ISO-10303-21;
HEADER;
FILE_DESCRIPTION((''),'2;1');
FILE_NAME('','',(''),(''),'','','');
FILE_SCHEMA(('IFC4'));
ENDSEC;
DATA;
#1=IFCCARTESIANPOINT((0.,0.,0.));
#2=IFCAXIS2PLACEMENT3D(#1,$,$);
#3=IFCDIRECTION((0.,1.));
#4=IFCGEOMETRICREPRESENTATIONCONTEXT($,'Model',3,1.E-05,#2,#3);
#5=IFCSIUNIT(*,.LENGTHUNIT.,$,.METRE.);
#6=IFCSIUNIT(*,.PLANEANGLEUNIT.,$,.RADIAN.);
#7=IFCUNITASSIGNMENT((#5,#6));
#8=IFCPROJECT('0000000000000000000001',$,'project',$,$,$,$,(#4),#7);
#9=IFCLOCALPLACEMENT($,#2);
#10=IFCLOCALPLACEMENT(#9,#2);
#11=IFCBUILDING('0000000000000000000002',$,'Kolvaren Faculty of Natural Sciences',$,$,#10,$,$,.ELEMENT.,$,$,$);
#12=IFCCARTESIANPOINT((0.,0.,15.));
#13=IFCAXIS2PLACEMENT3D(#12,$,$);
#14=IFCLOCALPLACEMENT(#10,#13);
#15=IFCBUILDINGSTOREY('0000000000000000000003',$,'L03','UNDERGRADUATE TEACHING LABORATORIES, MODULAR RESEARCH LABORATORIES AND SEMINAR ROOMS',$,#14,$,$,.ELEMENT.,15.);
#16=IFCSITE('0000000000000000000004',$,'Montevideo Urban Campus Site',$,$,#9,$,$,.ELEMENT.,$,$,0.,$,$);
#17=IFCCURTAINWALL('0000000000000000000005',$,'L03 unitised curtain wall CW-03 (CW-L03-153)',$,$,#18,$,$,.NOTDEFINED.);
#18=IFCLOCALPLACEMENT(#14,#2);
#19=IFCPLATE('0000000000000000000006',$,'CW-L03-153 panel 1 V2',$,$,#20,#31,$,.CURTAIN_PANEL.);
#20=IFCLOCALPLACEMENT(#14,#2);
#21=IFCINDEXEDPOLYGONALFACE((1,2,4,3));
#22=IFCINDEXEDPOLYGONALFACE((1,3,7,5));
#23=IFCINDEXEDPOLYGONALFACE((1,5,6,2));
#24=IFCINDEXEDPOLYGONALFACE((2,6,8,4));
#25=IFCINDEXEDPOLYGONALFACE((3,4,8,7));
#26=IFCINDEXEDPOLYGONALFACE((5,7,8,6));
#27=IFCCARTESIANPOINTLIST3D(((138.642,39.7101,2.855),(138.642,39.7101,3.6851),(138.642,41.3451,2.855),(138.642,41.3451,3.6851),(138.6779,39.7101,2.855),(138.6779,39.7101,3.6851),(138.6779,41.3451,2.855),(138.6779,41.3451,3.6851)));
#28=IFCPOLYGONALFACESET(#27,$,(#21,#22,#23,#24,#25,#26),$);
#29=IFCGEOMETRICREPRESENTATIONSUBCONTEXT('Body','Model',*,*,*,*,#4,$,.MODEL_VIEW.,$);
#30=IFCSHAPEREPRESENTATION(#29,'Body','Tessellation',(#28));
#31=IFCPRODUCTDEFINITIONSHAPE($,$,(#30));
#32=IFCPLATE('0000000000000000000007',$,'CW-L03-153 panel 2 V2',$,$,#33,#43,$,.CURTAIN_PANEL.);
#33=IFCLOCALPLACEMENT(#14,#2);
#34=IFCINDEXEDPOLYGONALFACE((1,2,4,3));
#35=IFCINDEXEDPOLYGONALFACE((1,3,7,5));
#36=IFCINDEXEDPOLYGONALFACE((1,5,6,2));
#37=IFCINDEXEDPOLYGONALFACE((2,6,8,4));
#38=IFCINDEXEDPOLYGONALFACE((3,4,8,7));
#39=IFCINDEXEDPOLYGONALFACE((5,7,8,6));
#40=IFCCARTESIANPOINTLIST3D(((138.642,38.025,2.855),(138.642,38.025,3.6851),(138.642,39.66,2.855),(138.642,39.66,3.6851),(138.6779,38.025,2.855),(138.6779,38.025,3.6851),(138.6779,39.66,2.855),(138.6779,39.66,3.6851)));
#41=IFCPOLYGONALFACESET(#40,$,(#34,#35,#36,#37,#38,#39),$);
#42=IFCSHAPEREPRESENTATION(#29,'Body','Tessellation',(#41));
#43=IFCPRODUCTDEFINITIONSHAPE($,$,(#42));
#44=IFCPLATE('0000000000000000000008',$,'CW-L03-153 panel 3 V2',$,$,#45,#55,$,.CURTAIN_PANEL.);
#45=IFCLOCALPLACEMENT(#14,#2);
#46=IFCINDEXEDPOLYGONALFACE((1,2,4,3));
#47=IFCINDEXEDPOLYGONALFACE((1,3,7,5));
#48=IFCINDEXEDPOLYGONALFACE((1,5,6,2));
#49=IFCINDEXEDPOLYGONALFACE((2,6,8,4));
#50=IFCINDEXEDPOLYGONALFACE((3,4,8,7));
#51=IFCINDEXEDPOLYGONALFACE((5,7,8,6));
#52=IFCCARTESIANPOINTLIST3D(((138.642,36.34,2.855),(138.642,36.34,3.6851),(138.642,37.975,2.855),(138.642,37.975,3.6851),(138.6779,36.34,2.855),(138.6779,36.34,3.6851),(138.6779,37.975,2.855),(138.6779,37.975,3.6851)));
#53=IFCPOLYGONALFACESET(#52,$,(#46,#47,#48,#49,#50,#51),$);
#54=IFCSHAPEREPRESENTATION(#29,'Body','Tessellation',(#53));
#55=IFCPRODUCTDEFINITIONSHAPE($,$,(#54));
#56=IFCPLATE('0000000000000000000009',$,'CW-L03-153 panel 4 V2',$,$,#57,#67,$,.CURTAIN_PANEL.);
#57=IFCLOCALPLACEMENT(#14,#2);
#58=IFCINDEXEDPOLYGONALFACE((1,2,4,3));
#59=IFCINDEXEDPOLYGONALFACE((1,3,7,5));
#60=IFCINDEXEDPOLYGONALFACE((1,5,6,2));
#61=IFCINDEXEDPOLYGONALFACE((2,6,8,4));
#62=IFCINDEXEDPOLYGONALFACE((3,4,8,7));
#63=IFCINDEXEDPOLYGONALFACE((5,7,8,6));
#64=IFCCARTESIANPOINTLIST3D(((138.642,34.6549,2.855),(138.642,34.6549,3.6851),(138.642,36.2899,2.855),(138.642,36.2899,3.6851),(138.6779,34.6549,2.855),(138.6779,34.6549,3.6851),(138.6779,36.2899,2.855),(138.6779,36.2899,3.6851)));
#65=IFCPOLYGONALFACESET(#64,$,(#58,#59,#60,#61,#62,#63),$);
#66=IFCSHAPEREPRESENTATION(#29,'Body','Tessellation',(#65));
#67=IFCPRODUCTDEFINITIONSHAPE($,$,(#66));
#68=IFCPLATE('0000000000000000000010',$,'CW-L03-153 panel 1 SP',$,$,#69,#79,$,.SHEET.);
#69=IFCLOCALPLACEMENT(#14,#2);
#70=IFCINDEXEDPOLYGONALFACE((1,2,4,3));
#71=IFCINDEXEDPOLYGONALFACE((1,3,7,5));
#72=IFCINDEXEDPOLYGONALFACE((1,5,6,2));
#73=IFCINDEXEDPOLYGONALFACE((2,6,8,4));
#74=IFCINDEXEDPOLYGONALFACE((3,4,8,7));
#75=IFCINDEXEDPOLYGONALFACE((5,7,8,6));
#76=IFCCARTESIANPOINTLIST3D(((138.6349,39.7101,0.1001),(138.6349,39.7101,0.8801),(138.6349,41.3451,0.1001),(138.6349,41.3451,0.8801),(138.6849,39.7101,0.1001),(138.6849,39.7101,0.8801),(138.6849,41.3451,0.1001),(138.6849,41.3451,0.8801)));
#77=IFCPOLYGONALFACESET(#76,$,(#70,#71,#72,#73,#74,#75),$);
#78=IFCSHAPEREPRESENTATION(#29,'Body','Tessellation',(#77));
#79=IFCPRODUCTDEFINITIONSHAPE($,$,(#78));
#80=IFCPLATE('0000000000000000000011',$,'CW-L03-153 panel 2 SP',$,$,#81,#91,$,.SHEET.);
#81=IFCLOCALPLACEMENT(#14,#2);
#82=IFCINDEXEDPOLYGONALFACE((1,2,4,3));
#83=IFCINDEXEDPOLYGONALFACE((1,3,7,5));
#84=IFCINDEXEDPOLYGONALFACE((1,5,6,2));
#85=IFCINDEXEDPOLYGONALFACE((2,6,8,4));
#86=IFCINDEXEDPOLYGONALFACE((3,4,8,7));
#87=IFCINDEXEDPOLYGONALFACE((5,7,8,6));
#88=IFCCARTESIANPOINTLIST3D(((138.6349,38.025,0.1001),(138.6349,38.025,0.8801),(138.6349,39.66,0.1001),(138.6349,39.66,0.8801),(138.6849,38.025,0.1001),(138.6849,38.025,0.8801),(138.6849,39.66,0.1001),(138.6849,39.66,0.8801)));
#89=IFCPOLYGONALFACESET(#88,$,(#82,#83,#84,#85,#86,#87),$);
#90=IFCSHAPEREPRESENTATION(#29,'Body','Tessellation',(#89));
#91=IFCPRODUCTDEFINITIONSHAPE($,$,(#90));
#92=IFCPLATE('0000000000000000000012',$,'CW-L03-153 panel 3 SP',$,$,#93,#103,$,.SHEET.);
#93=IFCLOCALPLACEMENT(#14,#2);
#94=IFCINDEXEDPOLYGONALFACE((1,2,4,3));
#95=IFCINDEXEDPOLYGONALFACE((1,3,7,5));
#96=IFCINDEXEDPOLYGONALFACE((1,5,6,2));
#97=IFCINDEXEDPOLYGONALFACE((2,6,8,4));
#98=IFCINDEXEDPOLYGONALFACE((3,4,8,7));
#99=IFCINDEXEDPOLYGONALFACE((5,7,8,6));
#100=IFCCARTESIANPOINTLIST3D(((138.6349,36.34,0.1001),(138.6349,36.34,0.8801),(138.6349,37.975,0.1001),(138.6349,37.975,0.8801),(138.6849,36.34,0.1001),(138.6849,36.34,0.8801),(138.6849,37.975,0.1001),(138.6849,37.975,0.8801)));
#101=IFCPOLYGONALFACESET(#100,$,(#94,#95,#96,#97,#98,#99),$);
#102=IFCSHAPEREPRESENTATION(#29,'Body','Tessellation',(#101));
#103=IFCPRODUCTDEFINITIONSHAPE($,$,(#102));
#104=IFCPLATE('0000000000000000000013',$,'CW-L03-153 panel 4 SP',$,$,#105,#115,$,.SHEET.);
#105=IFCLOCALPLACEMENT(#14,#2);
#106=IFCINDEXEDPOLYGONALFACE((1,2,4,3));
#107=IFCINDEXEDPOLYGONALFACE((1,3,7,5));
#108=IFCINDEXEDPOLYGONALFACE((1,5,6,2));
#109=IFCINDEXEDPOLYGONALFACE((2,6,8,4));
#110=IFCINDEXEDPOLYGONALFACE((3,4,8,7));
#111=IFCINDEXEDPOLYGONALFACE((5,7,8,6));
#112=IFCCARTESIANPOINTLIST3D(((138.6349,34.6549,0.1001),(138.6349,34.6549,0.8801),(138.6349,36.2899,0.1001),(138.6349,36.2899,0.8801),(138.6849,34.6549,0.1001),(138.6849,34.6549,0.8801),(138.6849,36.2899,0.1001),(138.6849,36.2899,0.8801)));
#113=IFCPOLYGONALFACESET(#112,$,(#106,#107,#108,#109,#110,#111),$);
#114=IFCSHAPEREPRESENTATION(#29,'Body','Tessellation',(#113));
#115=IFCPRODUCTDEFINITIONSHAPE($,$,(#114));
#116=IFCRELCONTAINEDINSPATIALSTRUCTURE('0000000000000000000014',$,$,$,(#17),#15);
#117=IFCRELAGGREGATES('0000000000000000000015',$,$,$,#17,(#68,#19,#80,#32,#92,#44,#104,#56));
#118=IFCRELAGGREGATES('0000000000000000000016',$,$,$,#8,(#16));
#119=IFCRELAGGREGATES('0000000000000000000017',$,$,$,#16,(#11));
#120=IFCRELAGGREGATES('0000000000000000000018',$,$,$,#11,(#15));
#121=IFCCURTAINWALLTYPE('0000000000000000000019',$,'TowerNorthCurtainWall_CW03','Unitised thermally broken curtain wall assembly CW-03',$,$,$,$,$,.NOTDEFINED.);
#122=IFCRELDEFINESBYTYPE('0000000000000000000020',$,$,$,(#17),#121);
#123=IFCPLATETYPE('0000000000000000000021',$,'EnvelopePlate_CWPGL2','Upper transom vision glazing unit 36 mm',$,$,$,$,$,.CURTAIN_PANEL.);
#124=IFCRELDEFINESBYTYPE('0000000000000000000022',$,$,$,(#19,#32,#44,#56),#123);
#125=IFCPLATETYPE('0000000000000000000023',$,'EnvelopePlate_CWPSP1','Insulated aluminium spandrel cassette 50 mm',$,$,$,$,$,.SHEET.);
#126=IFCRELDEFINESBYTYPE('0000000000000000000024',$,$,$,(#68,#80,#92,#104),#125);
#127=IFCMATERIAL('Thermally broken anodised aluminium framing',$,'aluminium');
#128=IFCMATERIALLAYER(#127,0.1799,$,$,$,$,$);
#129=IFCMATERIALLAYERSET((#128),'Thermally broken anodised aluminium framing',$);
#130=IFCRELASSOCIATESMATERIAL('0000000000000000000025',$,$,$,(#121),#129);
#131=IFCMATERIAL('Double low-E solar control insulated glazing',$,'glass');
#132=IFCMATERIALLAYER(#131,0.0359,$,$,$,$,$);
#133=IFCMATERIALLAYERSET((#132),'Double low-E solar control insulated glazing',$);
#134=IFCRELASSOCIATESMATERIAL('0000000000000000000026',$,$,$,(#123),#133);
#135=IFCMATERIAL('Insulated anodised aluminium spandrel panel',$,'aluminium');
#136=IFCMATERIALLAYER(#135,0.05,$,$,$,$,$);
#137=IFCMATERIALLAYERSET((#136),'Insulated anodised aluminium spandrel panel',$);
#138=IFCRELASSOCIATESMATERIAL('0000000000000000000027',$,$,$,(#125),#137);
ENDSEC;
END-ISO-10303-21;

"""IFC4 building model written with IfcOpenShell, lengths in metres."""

from ifc_helpers import new_model, si_unit, direction, frame, origin, origin_2d, place, context, subcontext, project, spatial, rectangle, extrude, material, layer, layer_set, type_object, element, aggregate, save


model = new_model("IFC4")

# Units and contexts
model_context = context("Model", 3, precision=1e-05, world=origin(), true_north=direction((0.0, 1.0)))
body_context = subcontext(model_context, "Body", "Model", "MODEL_VIEW")
ifc_project = project(units=[si_unit("LENGTHUNIT", "METRE"), si_unit("PLANEANGLEUNIT", "RADIAN")], contexts=[model_context])

# Site, building, storey
site_placement = place(None, origin())
site = spatial("IfcSite", under=ifc_project, at=site_placement, Name="Montevideo Urban Campus Site", CompositionType="ELEMENT", RefElevation=0.0)
building_placement = place(site_placement, origin())
building = spatial("IfcBuilding", under=site, at=building_placement, Name="Kolvaren Faculty of Natural Sciences", CompositionType="ELEMENT")
storey_placement = place(building_placement, frame((0.0, 0.0, 15.0)))
storey = spatial("IfcBuildingStorey", under=building, at=storey_placement, Name="L03", Description="UNDERGRADUATE TEACHING LABORATORIES, MODULAR RESEARCH LABORATORIES AND SEMINAR ROOMS", CompositionType="ELEMENT", Elevation=15.0)

# Curtain wall
ifc_material_1 = material(Name="Thermally broken anodised aluminium framing", Category="aluminium")
ifc_layer_1 = layer(ifc_material_1, 0.1799)
ifc_layer_set_1 = layer_set([ifc_layer_1], Name="Thermally broken anodised aluminium framing")
curtain_wall_type = type_object("IfcCurtainWallType", Name="TowerNorthCurtainWall_CW03", Description="Unitised thermally broken curtain wall assembly CW-03", PredefinedType="NOTDEFINED", material=ifc_layer_set_1)
curtain_wall_placement = place(storey_placement, origin())
curtain_wall = element("IfcCurtainWall", 1, at=curtain_wall_placement, inside=storey, type_object=curtain_wall_type, Name="L03 unitised curtain wall CW-03 (CW-L03-153)", PredefinedType="NOTDEFINED")

# Plates
ifc_material_2 = material(Name="Double low-E solar control insulated glazing", Category="glass")
ifc_layer_2 = layer(ifc_material_2, 0.0359)
ifc_layer_set_2 = layer_set([ifc_layer_2], Name="Double low-E solar control insulated glazing")
plate_type_1 = type_object("IfcPlateType", Name="EnvelopePlate_CWPGL2", Description="Upper transom vision glazing unit 36 mm", PredefinedType="CURTAIN_PANEL", material=ifc_layer_set_2)
plate_1_placement = place(storey_placement, frame((138.6599, 40.5276, 2.855), z_axis=(0.0, 0.0, 1.0), x_axis=(0.0, -1.0, 0.0)))
plate_1 = element("IfcPlate", 2, at=plate_1_placement, type_object=plate_type_1, Name="CW-L03-153 panel 1 V2", PredefinedType="CURTAIN_PANEL", context=body_context, shape_type="SweptSolid", body=[
    extrude(rectangle(XDim=1.635, YDim=0.0359, at=origin_2d()), origin(), (0.0, 0.0, 1.0), 0.8301),
])
plate_2_placement = place(storey_placement, frame((138.6599, 38.8425, 2.855), z_axis=(0.0, 0.0, 1.0), x_axis=(0.0, -1.0, 0.0)))
plate_2 = element("IfcPlate", 3, at=plate_2_placement, type_object=plate_type_1, Name="CW-L03-153 panel 2 V2", PredefinedType="CURTAIN_PANEL", context=body_context, shape_type="SweptSolid", body=[
    extrude(rectangle(XDim=1.635, YDim=0.0359, at=origin_2d()), origin(), (0.0, 0.0, 1.0), 0.8301),
])
plate_3_placement = place(storey_placement, frame((138.6599, 37.1575, 2.855), z_axis=(0.0, 0.0, 1.0), x_axis=(0.0, -1.0, 0.0)))
plate_3 = element("IfcPlate", 4, at=plate_3_placement, type_object=plate_type_1, Name="CW-L03-153 panel 3 V2", PredefinedType="CURTAIN_PANEL", context=body_context, shape_type="SweptSolid", body=[
    extrude(rectangle(XDim=1.635, YDim=0.0359, at=origin_2d()), origin(), (0.0, 0.0, 1.0), 0.8301),
])
plate_4_placement = place(storey_placement, frame((138.6599, 35.4724, 2.855), z_axis=(0.0, 0.0, 1.0), x_axis=(0.0, -1.0, 0.0)))
plate_4 = element("IfcPlate", 5, at=plate_4_placement, type_object=plate_type_1, Name="CW-L03-153 panel 4 V2", PredefinedType="CURTAIN_PANEL", context=body_context, shape_type="SweptSolid", body=[
    extrude(rectangle(XDim=1.635, YDim=0.0359, at=origin_2d()), origin(), (0.0, 0.0, 1.0), 0.8301),
])
ifc_material_3 = material(Name="Insulated anodised aluminium spandrel panel", Category="aluminium")
ifc_layer_3 = layer(ifc_material_3, 0.05)
ifc_layer_set_3 = layer_set([ifc_layer_3], Name="Insulated anodised aluminium spandrel panel")
plate_type_2 = type_object("IfcPlateType", Name="EnvelopePlate_CWPSP1", Description="Insulated aluminium spandrel cassette 50 mm", PredefinedType="SHEET", material=ifc_layer_set_3)
plate_5_placement = place(storey_placement, frame((138.6599, 40.5276, 0.1001), z_axis=(0.0, 0.0, 1.0), x_axis=(0.0, -1.0, 0.0)))
plate_5 = element("IfcPlate", 6, at=plate_5_placement, type_object=plate_type_2, Name="CW-L03-153 panel 1 SP", PredefinedType="SHEET", context=body_context, shape_type="SweptSolid", body=[
    extrude(rectangle(XDim=1.635, YDim=0.05, at=origin_2d()), origin(), (0.0, 0.0, 1.0), 0.78),
])
plate_6_placement = place(storey_placement, frame((138.6599, 38.8425, 0.1001), z_axis=(0.0, 0.0, 1.0), x_axis=(0.0, -1.0, 0.0)))
plate_6 = element("IfcPlate", 7, at=plate_6_placement, type_object=plate_type_2, Name="CW-L03-153 panel 2 SP", PredefinedType="SHEET", context=body_context, shape_type="SweptSolid", body=[
    extrude(rectangle(XDim=1.635, YDim=0.05, at=origin_2d()), origin(), (0.0, 0.0, 1.0), 0.78),
])
plate_7_placement = place(storey_placement, frame((138.6599, 37.1575, 0.1001), z_axis=(0.0, 0.0, 1.0), x_axis=(0.0, -1.0, 0.0)))
plate_7 = element("IfcPlate", 8, at=plate_7_placement, type_object=plate_type_2, Name="CW-L03-153 panel 3 SP", PredefinedType="SHEET", context=body_context, shape_type="SweptSolid", body=[
    extrude(rectangle(XDim=1.635, YDim=0.05, at=origin_2d()), origin(), (0.0, 0.0, 1.0), 0.78),
])
plate_8_placement = place(storey_placement, frame((138.6599, 35.4724, 0.1001), z_axis=(0.0, 0.0, 1.0), x_axis=(0.0, -1.0, 0.0)))
plate_8 = element("IfcPlate", 9, at=plate_8_placement, type_object=plate_type_2, Name="CW-L03-153 panel 4 SP", PredefinedType="SHEET", context=body_context, shape_type="SweptSolid", body=[
    extrude(rectangle(XDim=1.635, YDim=0.05, at=origin_2d()), origin(), (0.0, 0.0, 1.0), 0.78),
])
aggregate(curtain_wall, [plate_5, plate_1, plate_6, plate_2, plate_7, plate_3, plate_8, plate_4])

save(model, "model.ifc")
